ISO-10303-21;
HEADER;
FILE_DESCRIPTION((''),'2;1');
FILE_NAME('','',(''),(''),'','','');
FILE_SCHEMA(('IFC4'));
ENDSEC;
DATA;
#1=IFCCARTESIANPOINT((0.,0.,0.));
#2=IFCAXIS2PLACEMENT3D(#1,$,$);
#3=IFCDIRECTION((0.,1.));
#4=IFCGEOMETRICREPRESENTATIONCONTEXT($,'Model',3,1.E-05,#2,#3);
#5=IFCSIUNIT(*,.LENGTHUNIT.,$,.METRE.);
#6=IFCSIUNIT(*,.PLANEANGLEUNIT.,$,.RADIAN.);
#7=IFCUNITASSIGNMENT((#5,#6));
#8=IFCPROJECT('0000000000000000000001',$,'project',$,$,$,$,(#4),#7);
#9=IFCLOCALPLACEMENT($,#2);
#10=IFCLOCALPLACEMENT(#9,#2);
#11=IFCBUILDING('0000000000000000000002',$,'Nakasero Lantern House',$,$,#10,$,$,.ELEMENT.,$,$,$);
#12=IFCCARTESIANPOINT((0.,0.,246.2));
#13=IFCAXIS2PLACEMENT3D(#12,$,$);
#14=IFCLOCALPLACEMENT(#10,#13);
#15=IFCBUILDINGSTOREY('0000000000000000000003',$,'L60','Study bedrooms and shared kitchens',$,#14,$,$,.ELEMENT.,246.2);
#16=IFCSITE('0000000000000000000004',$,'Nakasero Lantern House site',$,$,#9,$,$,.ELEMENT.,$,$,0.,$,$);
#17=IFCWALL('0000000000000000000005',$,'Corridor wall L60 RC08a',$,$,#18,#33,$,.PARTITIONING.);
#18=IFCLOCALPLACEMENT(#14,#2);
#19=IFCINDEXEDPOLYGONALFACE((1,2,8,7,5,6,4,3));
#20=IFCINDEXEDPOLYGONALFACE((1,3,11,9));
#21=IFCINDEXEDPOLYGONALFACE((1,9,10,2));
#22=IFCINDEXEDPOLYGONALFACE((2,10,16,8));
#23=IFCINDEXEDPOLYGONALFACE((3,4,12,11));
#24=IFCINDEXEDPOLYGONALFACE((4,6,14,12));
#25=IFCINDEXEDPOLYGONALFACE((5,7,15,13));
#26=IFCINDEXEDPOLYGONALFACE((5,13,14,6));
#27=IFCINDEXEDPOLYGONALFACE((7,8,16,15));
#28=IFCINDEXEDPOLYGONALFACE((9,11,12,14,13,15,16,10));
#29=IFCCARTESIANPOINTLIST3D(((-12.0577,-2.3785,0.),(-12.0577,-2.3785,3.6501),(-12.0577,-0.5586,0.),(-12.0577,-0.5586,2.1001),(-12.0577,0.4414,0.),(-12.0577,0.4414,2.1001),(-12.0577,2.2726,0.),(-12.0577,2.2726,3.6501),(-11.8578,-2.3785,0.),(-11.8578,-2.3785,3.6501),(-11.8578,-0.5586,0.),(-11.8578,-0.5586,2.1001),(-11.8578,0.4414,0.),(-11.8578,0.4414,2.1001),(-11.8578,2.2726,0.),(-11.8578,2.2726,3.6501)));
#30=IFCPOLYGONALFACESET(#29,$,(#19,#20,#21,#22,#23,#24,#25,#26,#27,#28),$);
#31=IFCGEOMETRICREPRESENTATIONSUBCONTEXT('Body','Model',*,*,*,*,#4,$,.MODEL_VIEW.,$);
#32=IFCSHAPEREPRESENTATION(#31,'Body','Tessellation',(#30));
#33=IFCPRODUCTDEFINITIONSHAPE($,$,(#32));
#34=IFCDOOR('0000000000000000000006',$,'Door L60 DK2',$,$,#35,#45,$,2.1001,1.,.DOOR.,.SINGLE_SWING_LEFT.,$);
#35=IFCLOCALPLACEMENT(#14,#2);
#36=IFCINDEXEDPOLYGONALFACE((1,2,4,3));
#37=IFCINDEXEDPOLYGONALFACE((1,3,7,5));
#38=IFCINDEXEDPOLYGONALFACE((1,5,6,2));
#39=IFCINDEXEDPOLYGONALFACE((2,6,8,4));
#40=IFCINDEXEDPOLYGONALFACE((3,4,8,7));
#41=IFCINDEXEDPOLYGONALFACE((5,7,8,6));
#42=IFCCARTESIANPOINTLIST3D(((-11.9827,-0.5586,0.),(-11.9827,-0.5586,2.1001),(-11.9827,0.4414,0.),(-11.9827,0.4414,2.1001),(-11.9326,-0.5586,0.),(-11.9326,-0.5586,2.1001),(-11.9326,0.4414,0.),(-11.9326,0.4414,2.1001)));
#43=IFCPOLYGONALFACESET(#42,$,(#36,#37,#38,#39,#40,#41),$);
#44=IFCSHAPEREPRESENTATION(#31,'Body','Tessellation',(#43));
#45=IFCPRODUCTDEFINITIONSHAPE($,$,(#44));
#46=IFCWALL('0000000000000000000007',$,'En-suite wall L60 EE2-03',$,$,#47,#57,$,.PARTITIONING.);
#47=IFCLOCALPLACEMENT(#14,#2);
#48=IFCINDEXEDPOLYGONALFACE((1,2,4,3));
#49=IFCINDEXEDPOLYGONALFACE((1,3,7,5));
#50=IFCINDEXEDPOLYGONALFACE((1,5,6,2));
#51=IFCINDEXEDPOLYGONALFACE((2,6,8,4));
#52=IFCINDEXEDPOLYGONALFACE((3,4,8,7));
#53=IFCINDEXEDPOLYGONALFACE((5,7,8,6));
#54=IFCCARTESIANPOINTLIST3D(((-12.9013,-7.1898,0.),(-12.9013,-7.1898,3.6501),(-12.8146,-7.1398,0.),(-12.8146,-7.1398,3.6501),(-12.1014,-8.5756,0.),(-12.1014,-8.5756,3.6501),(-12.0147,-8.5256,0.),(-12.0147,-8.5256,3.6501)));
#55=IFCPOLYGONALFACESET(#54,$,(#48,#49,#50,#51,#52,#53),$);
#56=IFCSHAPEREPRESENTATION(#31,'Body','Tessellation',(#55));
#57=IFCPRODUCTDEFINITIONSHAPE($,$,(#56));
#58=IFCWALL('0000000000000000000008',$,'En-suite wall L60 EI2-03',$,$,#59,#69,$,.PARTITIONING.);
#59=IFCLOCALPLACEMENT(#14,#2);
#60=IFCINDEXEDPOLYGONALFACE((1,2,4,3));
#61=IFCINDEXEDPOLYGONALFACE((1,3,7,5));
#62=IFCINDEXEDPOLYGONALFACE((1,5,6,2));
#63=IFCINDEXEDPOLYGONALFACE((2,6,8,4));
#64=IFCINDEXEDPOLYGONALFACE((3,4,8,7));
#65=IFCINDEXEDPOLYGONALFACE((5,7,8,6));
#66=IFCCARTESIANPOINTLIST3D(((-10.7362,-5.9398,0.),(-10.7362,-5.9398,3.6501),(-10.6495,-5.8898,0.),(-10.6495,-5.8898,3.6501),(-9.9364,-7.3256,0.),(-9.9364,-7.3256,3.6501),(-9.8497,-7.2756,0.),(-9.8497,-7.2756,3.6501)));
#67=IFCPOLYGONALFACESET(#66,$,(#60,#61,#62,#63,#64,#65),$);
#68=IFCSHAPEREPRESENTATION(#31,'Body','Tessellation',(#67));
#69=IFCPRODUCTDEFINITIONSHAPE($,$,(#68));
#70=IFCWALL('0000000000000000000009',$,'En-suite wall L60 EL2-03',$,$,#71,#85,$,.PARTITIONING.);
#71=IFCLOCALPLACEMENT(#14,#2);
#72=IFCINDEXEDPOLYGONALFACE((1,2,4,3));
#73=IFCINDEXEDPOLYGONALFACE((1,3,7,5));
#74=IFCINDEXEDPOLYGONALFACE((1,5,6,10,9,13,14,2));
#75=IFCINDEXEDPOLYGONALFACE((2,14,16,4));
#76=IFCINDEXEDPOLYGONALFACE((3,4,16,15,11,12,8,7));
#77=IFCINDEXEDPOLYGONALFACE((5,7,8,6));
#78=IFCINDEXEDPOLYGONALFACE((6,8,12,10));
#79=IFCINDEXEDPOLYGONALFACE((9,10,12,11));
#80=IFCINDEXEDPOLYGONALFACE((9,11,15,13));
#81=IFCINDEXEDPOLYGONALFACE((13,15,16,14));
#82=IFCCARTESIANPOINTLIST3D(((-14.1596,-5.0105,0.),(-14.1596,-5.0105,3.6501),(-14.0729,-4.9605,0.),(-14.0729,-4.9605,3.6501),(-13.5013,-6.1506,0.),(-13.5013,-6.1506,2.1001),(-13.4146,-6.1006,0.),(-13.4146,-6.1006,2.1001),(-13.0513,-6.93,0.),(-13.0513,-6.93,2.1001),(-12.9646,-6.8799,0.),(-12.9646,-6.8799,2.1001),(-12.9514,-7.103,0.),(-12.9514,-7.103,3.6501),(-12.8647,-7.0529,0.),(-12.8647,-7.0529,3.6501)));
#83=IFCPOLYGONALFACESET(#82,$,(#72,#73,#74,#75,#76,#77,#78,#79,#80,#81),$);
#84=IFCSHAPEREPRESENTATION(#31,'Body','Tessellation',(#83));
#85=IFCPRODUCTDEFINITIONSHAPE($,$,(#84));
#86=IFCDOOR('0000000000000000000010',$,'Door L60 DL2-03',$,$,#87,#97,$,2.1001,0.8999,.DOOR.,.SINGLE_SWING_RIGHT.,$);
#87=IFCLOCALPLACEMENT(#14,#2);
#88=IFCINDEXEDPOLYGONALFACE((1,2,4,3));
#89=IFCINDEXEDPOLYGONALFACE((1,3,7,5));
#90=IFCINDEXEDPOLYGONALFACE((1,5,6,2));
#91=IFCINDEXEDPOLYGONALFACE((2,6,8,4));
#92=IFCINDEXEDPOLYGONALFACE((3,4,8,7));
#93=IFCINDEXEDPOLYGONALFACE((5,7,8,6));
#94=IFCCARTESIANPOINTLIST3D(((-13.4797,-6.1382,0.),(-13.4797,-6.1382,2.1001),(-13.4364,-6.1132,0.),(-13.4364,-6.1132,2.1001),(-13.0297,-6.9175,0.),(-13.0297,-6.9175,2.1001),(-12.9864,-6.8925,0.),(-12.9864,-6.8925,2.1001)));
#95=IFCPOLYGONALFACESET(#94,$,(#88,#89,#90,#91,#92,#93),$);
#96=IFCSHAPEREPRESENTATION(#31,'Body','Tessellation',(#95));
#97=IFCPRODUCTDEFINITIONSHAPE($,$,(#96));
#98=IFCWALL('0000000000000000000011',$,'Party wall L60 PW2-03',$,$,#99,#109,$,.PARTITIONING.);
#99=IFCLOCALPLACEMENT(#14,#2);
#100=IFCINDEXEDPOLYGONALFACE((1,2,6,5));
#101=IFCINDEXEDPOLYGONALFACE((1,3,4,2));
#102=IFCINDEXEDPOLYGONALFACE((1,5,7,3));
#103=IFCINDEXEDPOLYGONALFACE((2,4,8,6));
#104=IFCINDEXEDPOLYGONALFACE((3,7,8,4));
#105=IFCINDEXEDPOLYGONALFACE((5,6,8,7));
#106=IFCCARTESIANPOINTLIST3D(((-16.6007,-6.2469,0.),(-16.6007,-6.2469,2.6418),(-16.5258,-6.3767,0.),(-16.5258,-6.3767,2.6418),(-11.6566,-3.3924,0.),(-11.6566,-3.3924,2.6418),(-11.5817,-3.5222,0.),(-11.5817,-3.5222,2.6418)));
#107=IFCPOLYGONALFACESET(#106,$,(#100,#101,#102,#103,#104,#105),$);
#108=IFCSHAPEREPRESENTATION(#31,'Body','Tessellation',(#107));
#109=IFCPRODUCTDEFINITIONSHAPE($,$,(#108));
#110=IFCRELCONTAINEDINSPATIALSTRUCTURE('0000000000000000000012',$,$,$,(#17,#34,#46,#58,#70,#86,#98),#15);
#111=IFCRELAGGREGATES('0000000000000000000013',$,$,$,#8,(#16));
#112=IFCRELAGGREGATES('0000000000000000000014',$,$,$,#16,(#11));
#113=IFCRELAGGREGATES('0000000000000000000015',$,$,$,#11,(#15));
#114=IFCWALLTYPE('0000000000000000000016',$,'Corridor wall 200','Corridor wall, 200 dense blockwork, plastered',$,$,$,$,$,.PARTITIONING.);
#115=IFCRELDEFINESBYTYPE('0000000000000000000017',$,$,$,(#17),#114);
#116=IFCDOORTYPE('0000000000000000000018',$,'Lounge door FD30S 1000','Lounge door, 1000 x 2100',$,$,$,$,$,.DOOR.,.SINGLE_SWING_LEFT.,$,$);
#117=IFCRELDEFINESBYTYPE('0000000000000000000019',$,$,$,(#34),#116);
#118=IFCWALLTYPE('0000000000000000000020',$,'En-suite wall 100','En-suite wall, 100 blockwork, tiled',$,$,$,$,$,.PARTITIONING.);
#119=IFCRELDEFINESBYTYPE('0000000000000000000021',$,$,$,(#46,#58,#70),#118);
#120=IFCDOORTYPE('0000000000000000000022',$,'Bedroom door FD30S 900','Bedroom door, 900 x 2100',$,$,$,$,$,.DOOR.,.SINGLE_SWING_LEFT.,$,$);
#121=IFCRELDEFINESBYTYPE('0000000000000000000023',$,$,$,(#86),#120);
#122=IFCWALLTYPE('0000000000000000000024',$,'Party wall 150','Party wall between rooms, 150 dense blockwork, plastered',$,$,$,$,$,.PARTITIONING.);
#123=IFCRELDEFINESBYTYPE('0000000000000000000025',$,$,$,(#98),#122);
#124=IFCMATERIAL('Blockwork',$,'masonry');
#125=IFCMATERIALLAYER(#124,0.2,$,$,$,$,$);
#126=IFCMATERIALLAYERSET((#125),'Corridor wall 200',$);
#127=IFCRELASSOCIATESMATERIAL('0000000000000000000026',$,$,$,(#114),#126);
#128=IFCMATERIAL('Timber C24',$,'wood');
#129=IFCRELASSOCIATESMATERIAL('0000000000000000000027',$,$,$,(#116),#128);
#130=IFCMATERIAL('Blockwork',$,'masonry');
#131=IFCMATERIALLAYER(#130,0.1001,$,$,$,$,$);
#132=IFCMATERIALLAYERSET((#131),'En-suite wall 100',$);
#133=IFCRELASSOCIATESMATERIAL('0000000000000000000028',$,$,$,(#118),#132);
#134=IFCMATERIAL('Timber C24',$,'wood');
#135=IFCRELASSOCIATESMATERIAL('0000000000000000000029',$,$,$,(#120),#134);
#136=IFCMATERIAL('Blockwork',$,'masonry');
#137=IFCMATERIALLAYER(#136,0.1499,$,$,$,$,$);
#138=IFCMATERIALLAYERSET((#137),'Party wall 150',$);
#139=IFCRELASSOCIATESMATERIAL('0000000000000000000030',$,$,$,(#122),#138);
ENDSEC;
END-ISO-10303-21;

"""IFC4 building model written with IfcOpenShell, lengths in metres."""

from ifc_helpers import new_model, si_unit, direction, frame, frame_2d, origin, place, context, subcontext, project, spatial, rectangle, extrude, material, layer, layer_set, type_object, element, fill, save


model = new_model("IFC4")

# Units and contexts
model_context = context("Model", 3, precision=1e-05, world=origin(), true_north=direction((0.0, 1.0)))
body_context = subcontext(model_context, "Body", "Model", "MODEL_VIEW")
ifc_project = project(units=[si_unit("LENGTHUNIT", "METRE"), si_unit("PLANEANGLEUNIT", "RADIAN")], contexts=[model_context])

# Site, building, storey
site_placement = place(None, origin())
site = spatial("IfcSite", under=ifc_project, at=site_placement, Name="Nakasero Lantern House site", CompositionType="ELEMENT", RefElevation=0.0)
building_placement = place(site_placement, origin())
building = spatial("IfcBuilding", under=site, at=building_placement, Name="Nakasero Lantern House", CompositionType="ELEMENT")
storey_placement = place(building_placement, frame((0.0, 0.0, 246.2)))
storey = spatial("IfcBuildingStorey", under=building, at=storey_placement, Name="L60", Description="Study bedrooms and shared kitchens", CompositionType="ELEMENT", Elevation=246.2)

# Wall, opening, door
ifc_material_1 = material(Name="Blockwork", Category="masonry")
ifc_layer_1 = layer(ifc_material_1, 0.2)
ifc_layer_set_1 = layer_set([ifc_layer_1], Name="Corridor wall 200")
wall_type_1 = type_object("IfcWallType", Name="Corridor wall 200", Description="Corridor wall, 200 dense blockwork, plastered", PredefinedType="PARTITIONING", material=ifc_layer_set_1)
wall_1_placement = place(storey_placement, frame((-11.9578, -2.3787, 0.0), z_axis=(0.0, 0.0, 1.0), x_axis=(0.0, 1.0, 0.0)))
wall_1 = element("IfcWall", 1, at=wall_1_placement, inside=storey, type_object=wall_type_1, Name="Corridor wall L60 RC08a", PredefinedType="PARTITIONING", context=body_context, shape_type="SweptSolid", body=[
    extrude(rectangle(XDim=4.6511, YDim=0.2, at=frame_2d((2.3257, 0.0))), origin(), (0.0, 0.0, 1.0), 3.6501),
])
opening_1_placement = place(wall_1_placement, frame((1.8201, 0.0, 0.0)))
opening_1 = element("IfcOpeningElement", 2, at=opening_1_placement, cuts=wall_1, PredefinedType="OPENING", context=body_context, shape_type="SweptSolid", body=[
    extrude(rectangle(XDim=1.0, YDim=2.1001, at=frame_2d((0.5, 1.05))), frame((0.0, 0.1199, 0.0), z_axis=(0.0, -1.0, 0.0), x_axis=(1.0, 0.0, 0.0)), (0.0, 0.0, 1.0), 0.24),
])
ifc_material_2 = material(Name="Timber C24", Category="wood")
door_type_1 = type_object("IfcDoorType", Name="Lounge door FD30S 1000", Description="Lounge door, 1000 x 2100", OperationType="SINGLE_SWING_LEFT", PredefinedType="DOOR", material=ifc_material_2)
door_1_placement = place(opening_1_placement, origin())
door_1 = element("IfcDoor", 3, at=door_1_placement, inside=storey, type_object=door_type_1, Name="Door L60 DK2", OperationType="SINGLE_SWING_LEFT", OverallHeight=2.1001, OverallWidth=1.0, PredefinedType="DOOR", context=body_context, shape_type="SweptSolid", body=[
    extrude(rectangle(XDim=1.0, YDim=2.1001, at=frame_2d((0.5, 1.05))), frame((0.0, 0.0249, 0.0), z_axis=(0.0, -1.0, 0.0), x_axis=(1.0, 0.0, 0.0)), (0.0, 0.0, 1.0), 0.05),
])
fill(opening_1, door_1)

# Walls
ifc_material_3 = material(Name="Blockwork", Category="masonry")
ifc_layer_2 = layer(ifc_material_3, 0.1001)
ifc_layer_set_2 = layer_set([ifc_layer_2], Name="En-suite wall 100")
wall_type_2 = type_object("IfcWallType", Name="En-suite wall 100", Description="En-suite wall, 100 blockwork, tiled", PredefinedType="PARTITIONING", material=ifc_layer_set_2)
for number, where, z_axis, x_axis, name in (
    (4, (-12.8579, -7.1648, 0.0), (0.0, 0.0, 1.0), (0.499881, -0.866094, 0.0), "En-suite wall L60 EE2-03"),
    (5, (-10.6929, -5.9148, 0.0), (0.0, 0.0, 1.0), (0.499881, -0.866094, 0.0), "En-suite wall L60 EI2-03"),
):
    element("IfcWall", number, at=place(storey_placement, frame(where, z_axis=z_axis, x_axis=x_axis)), inside=storey, type_object=wall_type_2, Name=name, PredefinedType="PARTITIONING", context=body_context, shape_type="SweptSolid", body=[
        extrude(rectangle(XDim=1.6001, YDim=0.1001, at=frame_2d((0.8, 0.0))), origin(), (0.0, 0.0, 1.0), 3.6501),
    ])

# Wall, opening, door
wall_2_placement = place(storey_placement, frame((-14.1162, -4.9856, 0.0), z_axis=(0.0, 0.0, 1.0), x_axis=(0.50004, -0.866002, 0.0)))
wall_2 = element("IfcWall", 6, at=wall_2_placement, inside=storey, type_object=wall_type_2, Name="En-suite wall L60 EL2-03", PredefinedType="PARTITIONING", context=body_context, shape_type="SweptSolid", body=[
    extrude(rectangle(XDim=2.4163, YDim=0.1001, at=frame_2d((1.208, 0.0))), origin(), (0.0, 0.0, 1.0), 3.6501),
])
opening_2_placement = place(wall_2_placement, frame((1.3164, 0.0, 0.0)))
opening_2 = element("IfcOpeningElement", 7, at=opening_2_placement, cuts=wall_2, PredefinedType="OPENING", context=body_context, shape_type="SweptSolid", body=[
    extrude(rectangle(XDim=0.8999, YDim=2.1001, at=frame_2d((0.45, 1.05))), frame((0.0, 0.0701, 0.0), z_axis=(0.0, -1.0, 0.0), x_axis=(1.0, 0.0, 0.0)), (0.0, 0.0, 1.0), 0.1401),
])
ifc_material_4 = material(Name="Timber C24", Category="wood")
door_type_2 = type_object("IfcDoorType", Name="Bedroom door FD30S 900", Description="Bedroom door, 900 x 2100", OperationType="SINGLE_SWING_LEFT", PredefinedType="DOOR", material=ifc_material_4)
door_2_placement = place(opening_2_placement, origin())
door_2 = element("IfcDoor", 8, at=door_2_placement, inside=storey, type_object=door_type_2, Name="Door L60 DL2-03", OperationType="SINGLE_SWING_RIGHT", OverallHeight=2.1001, OverallWidth=0.8999, PredefinedType="DOOR", context=body_context, shape_type="SweptSolid", body=[
    extrude(rectangle(XDim=0.8999, YDim=2.1001, at=frame_2d((0.45, 1.05))), frame((0.0, 0.0249, 0.0), z_axis=(0.0, -1.0, 0.0), x_axis=(1.0, 0.0, 0.0)), (0.0, 0.0, 1.0), 0.05),
])
fill(opening_2, door_2)

# Wall
ifc_material_5 = material(Name="Blockwork", Category="masonry")
ifc_layer_3 = layer(ifc_material_5, 0.1499)
ifc_layer_set_3 = layer_set([ifc_layer_3], Name="Party wall 150")
wall_type_3 = type_object("IfcWallType", Name="Party wall 150", Description="Party wall between rooms, 150 dense blockwork, plastered", PredefinedType="PARTITIONING", material=ifc_layer_set_3)
wall_3_placement = place(storey_placement, frame((-11.6191, -3.4573, 0.0), z_axis=(0.0, 0.0, 1.0), x_axis=(-0.866024, -0.500003, 0.0)))
element("IfcWall", 9, at=wall_3_placement, inside=storey, type_object=wall_type_3, Name="Party wall L60 PW2-03", PredefinedType="PARTITIONING", context=body_context, shape_type="SweptSolid", body=[
    extrude(rectangle(XDim=5.709, YDim=0.1499, at=frame_2d((2.8545, 0.0))), origin(), (0.0, 0.0, 1.0), 2.6418),
])

save(model, "model.ifc")
